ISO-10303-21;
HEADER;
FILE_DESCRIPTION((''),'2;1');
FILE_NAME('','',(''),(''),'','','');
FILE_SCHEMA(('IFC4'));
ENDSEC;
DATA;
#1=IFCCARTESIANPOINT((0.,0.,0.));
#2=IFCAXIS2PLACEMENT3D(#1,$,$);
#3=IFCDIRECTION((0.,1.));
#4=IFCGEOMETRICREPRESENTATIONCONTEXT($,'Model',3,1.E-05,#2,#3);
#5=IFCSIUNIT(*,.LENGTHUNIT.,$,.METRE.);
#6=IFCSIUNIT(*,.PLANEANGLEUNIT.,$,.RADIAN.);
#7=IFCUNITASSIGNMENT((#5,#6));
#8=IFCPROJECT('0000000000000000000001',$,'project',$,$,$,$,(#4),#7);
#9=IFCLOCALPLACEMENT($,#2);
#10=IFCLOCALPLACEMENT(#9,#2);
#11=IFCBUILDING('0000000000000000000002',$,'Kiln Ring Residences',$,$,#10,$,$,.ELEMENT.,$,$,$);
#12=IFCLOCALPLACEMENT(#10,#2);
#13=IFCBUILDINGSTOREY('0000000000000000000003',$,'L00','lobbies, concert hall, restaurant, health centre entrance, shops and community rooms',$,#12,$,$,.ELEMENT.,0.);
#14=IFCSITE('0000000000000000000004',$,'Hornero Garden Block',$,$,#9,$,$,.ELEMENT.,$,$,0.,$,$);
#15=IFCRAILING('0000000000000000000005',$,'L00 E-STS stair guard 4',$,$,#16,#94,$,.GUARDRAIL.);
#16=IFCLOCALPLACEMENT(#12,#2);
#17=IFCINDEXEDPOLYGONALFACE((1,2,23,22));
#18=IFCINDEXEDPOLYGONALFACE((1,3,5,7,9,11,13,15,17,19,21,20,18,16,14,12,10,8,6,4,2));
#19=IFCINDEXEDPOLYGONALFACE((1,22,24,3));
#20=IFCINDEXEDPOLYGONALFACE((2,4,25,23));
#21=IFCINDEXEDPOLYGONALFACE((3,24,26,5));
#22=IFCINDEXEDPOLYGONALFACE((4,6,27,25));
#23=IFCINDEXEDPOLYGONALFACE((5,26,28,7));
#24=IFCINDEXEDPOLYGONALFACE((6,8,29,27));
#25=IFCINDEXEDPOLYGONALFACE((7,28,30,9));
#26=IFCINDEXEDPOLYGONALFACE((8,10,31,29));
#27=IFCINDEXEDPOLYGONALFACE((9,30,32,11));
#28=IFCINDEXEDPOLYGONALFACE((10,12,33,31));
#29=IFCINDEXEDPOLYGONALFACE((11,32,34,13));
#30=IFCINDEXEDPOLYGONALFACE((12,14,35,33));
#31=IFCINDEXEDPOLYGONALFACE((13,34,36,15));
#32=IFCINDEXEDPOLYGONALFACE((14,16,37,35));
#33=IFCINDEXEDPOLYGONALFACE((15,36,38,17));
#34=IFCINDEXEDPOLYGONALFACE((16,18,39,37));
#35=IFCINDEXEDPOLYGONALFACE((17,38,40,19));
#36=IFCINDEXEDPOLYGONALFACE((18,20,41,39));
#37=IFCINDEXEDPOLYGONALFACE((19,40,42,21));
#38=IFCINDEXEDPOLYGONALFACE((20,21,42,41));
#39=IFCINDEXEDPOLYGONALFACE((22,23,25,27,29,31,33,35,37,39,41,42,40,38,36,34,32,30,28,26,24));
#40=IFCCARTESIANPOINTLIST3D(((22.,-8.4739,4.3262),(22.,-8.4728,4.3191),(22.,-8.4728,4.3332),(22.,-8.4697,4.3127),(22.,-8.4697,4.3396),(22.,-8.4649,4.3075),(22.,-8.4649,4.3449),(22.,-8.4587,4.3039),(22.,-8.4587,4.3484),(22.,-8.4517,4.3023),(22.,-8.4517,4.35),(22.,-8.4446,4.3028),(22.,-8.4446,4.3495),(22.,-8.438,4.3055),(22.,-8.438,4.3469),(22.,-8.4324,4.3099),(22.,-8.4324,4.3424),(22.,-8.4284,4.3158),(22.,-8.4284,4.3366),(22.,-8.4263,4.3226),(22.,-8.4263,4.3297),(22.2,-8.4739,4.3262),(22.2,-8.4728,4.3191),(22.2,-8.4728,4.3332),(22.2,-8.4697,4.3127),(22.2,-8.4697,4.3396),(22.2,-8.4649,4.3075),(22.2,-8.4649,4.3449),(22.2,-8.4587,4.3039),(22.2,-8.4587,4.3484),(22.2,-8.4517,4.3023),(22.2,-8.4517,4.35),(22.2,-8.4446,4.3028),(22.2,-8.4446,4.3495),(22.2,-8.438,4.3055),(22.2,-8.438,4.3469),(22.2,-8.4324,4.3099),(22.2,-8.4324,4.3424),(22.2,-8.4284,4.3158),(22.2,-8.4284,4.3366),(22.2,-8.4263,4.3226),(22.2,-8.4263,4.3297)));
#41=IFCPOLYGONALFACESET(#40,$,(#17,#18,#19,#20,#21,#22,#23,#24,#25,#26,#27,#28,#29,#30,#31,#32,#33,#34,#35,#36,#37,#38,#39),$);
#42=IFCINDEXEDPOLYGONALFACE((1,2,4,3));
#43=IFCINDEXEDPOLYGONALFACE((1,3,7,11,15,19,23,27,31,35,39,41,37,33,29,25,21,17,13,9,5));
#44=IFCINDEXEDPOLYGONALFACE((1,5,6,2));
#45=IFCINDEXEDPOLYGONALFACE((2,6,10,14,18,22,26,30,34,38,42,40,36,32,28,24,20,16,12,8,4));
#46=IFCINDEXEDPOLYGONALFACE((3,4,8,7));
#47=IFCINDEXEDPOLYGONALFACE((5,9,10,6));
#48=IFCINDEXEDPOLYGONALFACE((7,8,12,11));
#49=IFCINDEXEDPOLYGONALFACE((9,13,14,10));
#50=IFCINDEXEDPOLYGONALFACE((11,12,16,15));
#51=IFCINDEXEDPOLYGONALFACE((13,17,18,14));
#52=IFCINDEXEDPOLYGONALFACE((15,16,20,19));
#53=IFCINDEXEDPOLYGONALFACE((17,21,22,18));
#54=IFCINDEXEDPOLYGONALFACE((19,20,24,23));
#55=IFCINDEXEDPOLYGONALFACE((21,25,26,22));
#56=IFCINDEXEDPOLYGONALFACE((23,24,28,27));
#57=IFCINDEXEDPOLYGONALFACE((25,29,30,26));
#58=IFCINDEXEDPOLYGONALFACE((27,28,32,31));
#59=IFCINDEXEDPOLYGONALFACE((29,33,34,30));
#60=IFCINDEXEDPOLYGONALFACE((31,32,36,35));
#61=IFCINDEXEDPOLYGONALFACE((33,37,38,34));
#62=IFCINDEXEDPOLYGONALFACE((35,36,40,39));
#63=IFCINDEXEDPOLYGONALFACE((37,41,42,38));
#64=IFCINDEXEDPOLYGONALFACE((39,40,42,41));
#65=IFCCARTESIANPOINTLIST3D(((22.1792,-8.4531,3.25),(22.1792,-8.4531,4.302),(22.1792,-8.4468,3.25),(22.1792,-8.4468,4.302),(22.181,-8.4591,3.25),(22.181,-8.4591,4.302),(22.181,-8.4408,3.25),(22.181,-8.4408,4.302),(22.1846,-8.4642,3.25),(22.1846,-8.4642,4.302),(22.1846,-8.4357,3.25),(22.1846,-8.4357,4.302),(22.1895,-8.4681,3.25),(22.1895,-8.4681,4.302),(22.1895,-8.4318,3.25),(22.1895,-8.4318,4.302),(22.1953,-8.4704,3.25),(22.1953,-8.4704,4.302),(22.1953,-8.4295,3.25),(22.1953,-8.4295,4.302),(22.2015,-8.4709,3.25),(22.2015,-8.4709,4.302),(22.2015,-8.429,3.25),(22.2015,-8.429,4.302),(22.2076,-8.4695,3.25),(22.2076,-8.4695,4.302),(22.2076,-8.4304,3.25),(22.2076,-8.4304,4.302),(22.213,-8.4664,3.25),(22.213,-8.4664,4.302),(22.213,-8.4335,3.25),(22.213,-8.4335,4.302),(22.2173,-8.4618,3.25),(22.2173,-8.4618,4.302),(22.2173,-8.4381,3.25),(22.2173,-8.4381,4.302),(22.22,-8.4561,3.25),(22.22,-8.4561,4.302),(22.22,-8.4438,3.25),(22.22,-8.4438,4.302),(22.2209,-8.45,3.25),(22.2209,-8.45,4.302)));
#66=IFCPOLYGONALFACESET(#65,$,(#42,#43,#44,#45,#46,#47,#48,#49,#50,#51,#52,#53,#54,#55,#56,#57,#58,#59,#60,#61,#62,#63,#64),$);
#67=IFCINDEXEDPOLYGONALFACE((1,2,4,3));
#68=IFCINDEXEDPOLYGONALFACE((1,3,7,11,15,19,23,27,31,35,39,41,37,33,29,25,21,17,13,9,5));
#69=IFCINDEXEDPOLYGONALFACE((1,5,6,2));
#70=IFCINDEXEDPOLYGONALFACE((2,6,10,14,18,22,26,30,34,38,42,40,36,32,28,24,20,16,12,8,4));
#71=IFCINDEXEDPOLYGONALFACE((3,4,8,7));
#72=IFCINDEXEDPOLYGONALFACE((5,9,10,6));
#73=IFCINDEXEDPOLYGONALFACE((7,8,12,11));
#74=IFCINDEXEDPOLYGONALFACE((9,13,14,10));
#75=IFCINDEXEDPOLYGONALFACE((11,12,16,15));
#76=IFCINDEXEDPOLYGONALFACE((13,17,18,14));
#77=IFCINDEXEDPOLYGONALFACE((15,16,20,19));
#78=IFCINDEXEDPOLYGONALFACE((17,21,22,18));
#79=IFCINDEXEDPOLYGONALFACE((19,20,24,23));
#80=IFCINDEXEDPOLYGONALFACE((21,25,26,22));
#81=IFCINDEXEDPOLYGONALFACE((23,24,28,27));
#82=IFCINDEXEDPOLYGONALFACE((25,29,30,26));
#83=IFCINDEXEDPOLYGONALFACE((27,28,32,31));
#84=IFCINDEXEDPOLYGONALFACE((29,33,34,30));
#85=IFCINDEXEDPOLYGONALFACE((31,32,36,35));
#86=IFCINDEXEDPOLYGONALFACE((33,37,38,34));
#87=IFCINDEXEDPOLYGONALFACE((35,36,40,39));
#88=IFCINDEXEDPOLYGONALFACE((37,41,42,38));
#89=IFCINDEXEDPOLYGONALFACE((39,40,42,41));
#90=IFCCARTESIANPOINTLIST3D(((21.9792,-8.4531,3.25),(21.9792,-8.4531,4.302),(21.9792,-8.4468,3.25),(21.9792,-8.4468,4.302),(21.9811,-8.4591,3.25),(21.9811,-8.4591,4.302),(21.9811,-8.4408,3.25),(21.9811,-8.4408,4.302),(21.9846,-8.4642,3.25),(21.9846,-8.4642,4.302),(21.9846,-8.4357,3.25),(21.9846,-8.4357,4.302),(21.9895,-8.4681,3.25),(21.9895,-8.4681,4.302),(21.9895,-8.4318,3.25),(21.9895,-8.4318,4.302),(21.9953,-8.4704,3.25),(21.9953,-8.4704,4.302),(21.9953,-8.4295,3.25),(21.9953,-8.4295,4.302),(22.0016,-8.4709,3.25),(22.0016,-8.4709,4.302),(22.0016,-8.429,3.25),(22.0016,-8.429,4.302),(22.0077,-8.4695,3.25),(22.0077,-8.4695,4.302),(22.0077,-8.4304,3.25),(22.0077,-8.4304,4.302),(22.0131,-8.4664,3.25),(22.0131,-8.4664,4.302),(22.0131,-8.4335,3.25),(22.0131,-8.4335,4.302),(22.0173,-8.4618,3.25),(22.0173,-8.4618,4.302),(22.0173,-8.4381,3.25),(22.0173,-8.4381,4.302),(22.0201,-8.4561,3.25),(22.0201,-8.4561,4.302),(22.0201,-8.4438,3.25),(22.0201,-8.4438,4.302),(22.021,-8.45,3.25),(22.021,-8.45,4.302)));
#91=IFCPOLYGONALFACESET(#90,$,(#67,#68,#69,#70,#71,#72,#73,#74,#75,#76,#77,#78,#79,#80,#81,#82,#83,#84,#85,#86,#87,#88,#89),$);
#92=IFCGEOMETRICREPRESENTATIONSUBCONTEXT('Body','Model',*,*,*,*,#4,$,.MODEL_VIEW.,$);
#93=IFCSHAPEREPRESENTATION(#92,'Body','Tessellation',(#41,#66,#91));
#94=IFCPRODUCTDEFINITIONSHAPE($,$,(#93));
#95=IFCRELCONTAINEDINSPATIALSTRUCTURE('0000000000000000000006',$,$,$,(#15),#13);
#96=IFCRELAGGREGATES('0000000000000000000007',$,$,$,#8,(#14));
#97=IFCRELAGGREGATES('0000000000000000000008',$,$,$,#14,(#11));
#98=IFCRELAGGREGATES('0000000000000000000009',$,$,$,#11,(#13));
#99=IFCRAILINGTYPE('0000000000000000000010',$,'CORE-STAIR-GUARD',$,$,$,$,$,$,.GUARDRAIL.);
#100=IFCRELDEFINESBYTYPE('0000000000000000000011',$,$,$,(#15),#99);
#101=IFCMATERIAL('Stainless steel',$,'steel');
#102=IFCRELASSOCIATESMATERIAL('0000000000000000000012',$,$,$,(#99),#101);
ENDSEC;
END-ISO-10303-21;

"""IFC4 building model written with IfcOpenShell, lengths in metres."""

from ifc_helpers import new_model, si_unit, direction, frame, origin, origin_2d, place, context, subcontext, project, spatial, circle, extrude, material, type_object, element, save


model = new_model("IFC4")

# Units and contexts
model_context = context("Model", 3, precision=1e-05, world=origin(), true_north=direction((0.0, 1.0)))
body_context = subcontext(model_context, "Body", "Model", "MODEL_VIEW")
ifc_project = project(units=[si_unit("LENGTHUNIT", "METRE"), si_unit("PLANEANGLEUNIT", "RADIAN")], contexts=[model_context])

# Site, building, storey
site_placement = place(None, origin())
site = spatial("IfcSite", under=ifc_project, at=site_placement, Name="Hornero Garden Block", CompositionType="ELEMENT", RefElevation=0.0)
building_placement = place(site_placement, origin())
building = spatial("IfcBuilding", under=site, at=building_placement, Name="Kiln Ring Residences", CompositionType="ELEMENT")
storey_placement = place(building_placement, origin())
storey = spatial("IfcBuildingStorey", under=building, at=storey_placement, Name="L00", Description="lobbies, concert hall, restaurant, health centre entrance, shops and community rooms", CompositionType="ELEMENT", Elevation=0.0)

# Railing
ifc_material_1 = material(Name="Stainless steel", Category="steel")
railing_type_1 = type_object("IfcRailingType", Name="CORE-STAIR-GUARD", PredefinedType="GUARDRAIL", material=ifc_material_1)
railing_1_placement = place(storey_placement, frame((22.2, -8.45, 3.25)))
element("IfcRailing", 1, at=railing_1_placement, inside=storey, type_object=railing_type_1, Name="L00 E-STS stair guard 4", PredefinedType="GUARDRAIL", context=body_context, shape_type="SweptSolid", body=[
    extrude(circle(Radius=0.0239, at=origin_2d()), frame((0.0, 0.0, 1.0762), z_axis=(-1.0, 0.0, 0.0), x_axis=(0.0, -1.0, 0.0)), (0.0, 0.0, 1.0), 0.2),
    extrude(circle(Radius=0.021, at=origin_2d()), origin(), (0.0, 0.0, 1.0), 1.052),
    extrude(circle(Radius=0.021, at=origin_2d()), frame((-0.2, 0.0, 0.0)), (0.0, 0.0, 1.0), 1.052),
])

save(model, "model.ifc")
